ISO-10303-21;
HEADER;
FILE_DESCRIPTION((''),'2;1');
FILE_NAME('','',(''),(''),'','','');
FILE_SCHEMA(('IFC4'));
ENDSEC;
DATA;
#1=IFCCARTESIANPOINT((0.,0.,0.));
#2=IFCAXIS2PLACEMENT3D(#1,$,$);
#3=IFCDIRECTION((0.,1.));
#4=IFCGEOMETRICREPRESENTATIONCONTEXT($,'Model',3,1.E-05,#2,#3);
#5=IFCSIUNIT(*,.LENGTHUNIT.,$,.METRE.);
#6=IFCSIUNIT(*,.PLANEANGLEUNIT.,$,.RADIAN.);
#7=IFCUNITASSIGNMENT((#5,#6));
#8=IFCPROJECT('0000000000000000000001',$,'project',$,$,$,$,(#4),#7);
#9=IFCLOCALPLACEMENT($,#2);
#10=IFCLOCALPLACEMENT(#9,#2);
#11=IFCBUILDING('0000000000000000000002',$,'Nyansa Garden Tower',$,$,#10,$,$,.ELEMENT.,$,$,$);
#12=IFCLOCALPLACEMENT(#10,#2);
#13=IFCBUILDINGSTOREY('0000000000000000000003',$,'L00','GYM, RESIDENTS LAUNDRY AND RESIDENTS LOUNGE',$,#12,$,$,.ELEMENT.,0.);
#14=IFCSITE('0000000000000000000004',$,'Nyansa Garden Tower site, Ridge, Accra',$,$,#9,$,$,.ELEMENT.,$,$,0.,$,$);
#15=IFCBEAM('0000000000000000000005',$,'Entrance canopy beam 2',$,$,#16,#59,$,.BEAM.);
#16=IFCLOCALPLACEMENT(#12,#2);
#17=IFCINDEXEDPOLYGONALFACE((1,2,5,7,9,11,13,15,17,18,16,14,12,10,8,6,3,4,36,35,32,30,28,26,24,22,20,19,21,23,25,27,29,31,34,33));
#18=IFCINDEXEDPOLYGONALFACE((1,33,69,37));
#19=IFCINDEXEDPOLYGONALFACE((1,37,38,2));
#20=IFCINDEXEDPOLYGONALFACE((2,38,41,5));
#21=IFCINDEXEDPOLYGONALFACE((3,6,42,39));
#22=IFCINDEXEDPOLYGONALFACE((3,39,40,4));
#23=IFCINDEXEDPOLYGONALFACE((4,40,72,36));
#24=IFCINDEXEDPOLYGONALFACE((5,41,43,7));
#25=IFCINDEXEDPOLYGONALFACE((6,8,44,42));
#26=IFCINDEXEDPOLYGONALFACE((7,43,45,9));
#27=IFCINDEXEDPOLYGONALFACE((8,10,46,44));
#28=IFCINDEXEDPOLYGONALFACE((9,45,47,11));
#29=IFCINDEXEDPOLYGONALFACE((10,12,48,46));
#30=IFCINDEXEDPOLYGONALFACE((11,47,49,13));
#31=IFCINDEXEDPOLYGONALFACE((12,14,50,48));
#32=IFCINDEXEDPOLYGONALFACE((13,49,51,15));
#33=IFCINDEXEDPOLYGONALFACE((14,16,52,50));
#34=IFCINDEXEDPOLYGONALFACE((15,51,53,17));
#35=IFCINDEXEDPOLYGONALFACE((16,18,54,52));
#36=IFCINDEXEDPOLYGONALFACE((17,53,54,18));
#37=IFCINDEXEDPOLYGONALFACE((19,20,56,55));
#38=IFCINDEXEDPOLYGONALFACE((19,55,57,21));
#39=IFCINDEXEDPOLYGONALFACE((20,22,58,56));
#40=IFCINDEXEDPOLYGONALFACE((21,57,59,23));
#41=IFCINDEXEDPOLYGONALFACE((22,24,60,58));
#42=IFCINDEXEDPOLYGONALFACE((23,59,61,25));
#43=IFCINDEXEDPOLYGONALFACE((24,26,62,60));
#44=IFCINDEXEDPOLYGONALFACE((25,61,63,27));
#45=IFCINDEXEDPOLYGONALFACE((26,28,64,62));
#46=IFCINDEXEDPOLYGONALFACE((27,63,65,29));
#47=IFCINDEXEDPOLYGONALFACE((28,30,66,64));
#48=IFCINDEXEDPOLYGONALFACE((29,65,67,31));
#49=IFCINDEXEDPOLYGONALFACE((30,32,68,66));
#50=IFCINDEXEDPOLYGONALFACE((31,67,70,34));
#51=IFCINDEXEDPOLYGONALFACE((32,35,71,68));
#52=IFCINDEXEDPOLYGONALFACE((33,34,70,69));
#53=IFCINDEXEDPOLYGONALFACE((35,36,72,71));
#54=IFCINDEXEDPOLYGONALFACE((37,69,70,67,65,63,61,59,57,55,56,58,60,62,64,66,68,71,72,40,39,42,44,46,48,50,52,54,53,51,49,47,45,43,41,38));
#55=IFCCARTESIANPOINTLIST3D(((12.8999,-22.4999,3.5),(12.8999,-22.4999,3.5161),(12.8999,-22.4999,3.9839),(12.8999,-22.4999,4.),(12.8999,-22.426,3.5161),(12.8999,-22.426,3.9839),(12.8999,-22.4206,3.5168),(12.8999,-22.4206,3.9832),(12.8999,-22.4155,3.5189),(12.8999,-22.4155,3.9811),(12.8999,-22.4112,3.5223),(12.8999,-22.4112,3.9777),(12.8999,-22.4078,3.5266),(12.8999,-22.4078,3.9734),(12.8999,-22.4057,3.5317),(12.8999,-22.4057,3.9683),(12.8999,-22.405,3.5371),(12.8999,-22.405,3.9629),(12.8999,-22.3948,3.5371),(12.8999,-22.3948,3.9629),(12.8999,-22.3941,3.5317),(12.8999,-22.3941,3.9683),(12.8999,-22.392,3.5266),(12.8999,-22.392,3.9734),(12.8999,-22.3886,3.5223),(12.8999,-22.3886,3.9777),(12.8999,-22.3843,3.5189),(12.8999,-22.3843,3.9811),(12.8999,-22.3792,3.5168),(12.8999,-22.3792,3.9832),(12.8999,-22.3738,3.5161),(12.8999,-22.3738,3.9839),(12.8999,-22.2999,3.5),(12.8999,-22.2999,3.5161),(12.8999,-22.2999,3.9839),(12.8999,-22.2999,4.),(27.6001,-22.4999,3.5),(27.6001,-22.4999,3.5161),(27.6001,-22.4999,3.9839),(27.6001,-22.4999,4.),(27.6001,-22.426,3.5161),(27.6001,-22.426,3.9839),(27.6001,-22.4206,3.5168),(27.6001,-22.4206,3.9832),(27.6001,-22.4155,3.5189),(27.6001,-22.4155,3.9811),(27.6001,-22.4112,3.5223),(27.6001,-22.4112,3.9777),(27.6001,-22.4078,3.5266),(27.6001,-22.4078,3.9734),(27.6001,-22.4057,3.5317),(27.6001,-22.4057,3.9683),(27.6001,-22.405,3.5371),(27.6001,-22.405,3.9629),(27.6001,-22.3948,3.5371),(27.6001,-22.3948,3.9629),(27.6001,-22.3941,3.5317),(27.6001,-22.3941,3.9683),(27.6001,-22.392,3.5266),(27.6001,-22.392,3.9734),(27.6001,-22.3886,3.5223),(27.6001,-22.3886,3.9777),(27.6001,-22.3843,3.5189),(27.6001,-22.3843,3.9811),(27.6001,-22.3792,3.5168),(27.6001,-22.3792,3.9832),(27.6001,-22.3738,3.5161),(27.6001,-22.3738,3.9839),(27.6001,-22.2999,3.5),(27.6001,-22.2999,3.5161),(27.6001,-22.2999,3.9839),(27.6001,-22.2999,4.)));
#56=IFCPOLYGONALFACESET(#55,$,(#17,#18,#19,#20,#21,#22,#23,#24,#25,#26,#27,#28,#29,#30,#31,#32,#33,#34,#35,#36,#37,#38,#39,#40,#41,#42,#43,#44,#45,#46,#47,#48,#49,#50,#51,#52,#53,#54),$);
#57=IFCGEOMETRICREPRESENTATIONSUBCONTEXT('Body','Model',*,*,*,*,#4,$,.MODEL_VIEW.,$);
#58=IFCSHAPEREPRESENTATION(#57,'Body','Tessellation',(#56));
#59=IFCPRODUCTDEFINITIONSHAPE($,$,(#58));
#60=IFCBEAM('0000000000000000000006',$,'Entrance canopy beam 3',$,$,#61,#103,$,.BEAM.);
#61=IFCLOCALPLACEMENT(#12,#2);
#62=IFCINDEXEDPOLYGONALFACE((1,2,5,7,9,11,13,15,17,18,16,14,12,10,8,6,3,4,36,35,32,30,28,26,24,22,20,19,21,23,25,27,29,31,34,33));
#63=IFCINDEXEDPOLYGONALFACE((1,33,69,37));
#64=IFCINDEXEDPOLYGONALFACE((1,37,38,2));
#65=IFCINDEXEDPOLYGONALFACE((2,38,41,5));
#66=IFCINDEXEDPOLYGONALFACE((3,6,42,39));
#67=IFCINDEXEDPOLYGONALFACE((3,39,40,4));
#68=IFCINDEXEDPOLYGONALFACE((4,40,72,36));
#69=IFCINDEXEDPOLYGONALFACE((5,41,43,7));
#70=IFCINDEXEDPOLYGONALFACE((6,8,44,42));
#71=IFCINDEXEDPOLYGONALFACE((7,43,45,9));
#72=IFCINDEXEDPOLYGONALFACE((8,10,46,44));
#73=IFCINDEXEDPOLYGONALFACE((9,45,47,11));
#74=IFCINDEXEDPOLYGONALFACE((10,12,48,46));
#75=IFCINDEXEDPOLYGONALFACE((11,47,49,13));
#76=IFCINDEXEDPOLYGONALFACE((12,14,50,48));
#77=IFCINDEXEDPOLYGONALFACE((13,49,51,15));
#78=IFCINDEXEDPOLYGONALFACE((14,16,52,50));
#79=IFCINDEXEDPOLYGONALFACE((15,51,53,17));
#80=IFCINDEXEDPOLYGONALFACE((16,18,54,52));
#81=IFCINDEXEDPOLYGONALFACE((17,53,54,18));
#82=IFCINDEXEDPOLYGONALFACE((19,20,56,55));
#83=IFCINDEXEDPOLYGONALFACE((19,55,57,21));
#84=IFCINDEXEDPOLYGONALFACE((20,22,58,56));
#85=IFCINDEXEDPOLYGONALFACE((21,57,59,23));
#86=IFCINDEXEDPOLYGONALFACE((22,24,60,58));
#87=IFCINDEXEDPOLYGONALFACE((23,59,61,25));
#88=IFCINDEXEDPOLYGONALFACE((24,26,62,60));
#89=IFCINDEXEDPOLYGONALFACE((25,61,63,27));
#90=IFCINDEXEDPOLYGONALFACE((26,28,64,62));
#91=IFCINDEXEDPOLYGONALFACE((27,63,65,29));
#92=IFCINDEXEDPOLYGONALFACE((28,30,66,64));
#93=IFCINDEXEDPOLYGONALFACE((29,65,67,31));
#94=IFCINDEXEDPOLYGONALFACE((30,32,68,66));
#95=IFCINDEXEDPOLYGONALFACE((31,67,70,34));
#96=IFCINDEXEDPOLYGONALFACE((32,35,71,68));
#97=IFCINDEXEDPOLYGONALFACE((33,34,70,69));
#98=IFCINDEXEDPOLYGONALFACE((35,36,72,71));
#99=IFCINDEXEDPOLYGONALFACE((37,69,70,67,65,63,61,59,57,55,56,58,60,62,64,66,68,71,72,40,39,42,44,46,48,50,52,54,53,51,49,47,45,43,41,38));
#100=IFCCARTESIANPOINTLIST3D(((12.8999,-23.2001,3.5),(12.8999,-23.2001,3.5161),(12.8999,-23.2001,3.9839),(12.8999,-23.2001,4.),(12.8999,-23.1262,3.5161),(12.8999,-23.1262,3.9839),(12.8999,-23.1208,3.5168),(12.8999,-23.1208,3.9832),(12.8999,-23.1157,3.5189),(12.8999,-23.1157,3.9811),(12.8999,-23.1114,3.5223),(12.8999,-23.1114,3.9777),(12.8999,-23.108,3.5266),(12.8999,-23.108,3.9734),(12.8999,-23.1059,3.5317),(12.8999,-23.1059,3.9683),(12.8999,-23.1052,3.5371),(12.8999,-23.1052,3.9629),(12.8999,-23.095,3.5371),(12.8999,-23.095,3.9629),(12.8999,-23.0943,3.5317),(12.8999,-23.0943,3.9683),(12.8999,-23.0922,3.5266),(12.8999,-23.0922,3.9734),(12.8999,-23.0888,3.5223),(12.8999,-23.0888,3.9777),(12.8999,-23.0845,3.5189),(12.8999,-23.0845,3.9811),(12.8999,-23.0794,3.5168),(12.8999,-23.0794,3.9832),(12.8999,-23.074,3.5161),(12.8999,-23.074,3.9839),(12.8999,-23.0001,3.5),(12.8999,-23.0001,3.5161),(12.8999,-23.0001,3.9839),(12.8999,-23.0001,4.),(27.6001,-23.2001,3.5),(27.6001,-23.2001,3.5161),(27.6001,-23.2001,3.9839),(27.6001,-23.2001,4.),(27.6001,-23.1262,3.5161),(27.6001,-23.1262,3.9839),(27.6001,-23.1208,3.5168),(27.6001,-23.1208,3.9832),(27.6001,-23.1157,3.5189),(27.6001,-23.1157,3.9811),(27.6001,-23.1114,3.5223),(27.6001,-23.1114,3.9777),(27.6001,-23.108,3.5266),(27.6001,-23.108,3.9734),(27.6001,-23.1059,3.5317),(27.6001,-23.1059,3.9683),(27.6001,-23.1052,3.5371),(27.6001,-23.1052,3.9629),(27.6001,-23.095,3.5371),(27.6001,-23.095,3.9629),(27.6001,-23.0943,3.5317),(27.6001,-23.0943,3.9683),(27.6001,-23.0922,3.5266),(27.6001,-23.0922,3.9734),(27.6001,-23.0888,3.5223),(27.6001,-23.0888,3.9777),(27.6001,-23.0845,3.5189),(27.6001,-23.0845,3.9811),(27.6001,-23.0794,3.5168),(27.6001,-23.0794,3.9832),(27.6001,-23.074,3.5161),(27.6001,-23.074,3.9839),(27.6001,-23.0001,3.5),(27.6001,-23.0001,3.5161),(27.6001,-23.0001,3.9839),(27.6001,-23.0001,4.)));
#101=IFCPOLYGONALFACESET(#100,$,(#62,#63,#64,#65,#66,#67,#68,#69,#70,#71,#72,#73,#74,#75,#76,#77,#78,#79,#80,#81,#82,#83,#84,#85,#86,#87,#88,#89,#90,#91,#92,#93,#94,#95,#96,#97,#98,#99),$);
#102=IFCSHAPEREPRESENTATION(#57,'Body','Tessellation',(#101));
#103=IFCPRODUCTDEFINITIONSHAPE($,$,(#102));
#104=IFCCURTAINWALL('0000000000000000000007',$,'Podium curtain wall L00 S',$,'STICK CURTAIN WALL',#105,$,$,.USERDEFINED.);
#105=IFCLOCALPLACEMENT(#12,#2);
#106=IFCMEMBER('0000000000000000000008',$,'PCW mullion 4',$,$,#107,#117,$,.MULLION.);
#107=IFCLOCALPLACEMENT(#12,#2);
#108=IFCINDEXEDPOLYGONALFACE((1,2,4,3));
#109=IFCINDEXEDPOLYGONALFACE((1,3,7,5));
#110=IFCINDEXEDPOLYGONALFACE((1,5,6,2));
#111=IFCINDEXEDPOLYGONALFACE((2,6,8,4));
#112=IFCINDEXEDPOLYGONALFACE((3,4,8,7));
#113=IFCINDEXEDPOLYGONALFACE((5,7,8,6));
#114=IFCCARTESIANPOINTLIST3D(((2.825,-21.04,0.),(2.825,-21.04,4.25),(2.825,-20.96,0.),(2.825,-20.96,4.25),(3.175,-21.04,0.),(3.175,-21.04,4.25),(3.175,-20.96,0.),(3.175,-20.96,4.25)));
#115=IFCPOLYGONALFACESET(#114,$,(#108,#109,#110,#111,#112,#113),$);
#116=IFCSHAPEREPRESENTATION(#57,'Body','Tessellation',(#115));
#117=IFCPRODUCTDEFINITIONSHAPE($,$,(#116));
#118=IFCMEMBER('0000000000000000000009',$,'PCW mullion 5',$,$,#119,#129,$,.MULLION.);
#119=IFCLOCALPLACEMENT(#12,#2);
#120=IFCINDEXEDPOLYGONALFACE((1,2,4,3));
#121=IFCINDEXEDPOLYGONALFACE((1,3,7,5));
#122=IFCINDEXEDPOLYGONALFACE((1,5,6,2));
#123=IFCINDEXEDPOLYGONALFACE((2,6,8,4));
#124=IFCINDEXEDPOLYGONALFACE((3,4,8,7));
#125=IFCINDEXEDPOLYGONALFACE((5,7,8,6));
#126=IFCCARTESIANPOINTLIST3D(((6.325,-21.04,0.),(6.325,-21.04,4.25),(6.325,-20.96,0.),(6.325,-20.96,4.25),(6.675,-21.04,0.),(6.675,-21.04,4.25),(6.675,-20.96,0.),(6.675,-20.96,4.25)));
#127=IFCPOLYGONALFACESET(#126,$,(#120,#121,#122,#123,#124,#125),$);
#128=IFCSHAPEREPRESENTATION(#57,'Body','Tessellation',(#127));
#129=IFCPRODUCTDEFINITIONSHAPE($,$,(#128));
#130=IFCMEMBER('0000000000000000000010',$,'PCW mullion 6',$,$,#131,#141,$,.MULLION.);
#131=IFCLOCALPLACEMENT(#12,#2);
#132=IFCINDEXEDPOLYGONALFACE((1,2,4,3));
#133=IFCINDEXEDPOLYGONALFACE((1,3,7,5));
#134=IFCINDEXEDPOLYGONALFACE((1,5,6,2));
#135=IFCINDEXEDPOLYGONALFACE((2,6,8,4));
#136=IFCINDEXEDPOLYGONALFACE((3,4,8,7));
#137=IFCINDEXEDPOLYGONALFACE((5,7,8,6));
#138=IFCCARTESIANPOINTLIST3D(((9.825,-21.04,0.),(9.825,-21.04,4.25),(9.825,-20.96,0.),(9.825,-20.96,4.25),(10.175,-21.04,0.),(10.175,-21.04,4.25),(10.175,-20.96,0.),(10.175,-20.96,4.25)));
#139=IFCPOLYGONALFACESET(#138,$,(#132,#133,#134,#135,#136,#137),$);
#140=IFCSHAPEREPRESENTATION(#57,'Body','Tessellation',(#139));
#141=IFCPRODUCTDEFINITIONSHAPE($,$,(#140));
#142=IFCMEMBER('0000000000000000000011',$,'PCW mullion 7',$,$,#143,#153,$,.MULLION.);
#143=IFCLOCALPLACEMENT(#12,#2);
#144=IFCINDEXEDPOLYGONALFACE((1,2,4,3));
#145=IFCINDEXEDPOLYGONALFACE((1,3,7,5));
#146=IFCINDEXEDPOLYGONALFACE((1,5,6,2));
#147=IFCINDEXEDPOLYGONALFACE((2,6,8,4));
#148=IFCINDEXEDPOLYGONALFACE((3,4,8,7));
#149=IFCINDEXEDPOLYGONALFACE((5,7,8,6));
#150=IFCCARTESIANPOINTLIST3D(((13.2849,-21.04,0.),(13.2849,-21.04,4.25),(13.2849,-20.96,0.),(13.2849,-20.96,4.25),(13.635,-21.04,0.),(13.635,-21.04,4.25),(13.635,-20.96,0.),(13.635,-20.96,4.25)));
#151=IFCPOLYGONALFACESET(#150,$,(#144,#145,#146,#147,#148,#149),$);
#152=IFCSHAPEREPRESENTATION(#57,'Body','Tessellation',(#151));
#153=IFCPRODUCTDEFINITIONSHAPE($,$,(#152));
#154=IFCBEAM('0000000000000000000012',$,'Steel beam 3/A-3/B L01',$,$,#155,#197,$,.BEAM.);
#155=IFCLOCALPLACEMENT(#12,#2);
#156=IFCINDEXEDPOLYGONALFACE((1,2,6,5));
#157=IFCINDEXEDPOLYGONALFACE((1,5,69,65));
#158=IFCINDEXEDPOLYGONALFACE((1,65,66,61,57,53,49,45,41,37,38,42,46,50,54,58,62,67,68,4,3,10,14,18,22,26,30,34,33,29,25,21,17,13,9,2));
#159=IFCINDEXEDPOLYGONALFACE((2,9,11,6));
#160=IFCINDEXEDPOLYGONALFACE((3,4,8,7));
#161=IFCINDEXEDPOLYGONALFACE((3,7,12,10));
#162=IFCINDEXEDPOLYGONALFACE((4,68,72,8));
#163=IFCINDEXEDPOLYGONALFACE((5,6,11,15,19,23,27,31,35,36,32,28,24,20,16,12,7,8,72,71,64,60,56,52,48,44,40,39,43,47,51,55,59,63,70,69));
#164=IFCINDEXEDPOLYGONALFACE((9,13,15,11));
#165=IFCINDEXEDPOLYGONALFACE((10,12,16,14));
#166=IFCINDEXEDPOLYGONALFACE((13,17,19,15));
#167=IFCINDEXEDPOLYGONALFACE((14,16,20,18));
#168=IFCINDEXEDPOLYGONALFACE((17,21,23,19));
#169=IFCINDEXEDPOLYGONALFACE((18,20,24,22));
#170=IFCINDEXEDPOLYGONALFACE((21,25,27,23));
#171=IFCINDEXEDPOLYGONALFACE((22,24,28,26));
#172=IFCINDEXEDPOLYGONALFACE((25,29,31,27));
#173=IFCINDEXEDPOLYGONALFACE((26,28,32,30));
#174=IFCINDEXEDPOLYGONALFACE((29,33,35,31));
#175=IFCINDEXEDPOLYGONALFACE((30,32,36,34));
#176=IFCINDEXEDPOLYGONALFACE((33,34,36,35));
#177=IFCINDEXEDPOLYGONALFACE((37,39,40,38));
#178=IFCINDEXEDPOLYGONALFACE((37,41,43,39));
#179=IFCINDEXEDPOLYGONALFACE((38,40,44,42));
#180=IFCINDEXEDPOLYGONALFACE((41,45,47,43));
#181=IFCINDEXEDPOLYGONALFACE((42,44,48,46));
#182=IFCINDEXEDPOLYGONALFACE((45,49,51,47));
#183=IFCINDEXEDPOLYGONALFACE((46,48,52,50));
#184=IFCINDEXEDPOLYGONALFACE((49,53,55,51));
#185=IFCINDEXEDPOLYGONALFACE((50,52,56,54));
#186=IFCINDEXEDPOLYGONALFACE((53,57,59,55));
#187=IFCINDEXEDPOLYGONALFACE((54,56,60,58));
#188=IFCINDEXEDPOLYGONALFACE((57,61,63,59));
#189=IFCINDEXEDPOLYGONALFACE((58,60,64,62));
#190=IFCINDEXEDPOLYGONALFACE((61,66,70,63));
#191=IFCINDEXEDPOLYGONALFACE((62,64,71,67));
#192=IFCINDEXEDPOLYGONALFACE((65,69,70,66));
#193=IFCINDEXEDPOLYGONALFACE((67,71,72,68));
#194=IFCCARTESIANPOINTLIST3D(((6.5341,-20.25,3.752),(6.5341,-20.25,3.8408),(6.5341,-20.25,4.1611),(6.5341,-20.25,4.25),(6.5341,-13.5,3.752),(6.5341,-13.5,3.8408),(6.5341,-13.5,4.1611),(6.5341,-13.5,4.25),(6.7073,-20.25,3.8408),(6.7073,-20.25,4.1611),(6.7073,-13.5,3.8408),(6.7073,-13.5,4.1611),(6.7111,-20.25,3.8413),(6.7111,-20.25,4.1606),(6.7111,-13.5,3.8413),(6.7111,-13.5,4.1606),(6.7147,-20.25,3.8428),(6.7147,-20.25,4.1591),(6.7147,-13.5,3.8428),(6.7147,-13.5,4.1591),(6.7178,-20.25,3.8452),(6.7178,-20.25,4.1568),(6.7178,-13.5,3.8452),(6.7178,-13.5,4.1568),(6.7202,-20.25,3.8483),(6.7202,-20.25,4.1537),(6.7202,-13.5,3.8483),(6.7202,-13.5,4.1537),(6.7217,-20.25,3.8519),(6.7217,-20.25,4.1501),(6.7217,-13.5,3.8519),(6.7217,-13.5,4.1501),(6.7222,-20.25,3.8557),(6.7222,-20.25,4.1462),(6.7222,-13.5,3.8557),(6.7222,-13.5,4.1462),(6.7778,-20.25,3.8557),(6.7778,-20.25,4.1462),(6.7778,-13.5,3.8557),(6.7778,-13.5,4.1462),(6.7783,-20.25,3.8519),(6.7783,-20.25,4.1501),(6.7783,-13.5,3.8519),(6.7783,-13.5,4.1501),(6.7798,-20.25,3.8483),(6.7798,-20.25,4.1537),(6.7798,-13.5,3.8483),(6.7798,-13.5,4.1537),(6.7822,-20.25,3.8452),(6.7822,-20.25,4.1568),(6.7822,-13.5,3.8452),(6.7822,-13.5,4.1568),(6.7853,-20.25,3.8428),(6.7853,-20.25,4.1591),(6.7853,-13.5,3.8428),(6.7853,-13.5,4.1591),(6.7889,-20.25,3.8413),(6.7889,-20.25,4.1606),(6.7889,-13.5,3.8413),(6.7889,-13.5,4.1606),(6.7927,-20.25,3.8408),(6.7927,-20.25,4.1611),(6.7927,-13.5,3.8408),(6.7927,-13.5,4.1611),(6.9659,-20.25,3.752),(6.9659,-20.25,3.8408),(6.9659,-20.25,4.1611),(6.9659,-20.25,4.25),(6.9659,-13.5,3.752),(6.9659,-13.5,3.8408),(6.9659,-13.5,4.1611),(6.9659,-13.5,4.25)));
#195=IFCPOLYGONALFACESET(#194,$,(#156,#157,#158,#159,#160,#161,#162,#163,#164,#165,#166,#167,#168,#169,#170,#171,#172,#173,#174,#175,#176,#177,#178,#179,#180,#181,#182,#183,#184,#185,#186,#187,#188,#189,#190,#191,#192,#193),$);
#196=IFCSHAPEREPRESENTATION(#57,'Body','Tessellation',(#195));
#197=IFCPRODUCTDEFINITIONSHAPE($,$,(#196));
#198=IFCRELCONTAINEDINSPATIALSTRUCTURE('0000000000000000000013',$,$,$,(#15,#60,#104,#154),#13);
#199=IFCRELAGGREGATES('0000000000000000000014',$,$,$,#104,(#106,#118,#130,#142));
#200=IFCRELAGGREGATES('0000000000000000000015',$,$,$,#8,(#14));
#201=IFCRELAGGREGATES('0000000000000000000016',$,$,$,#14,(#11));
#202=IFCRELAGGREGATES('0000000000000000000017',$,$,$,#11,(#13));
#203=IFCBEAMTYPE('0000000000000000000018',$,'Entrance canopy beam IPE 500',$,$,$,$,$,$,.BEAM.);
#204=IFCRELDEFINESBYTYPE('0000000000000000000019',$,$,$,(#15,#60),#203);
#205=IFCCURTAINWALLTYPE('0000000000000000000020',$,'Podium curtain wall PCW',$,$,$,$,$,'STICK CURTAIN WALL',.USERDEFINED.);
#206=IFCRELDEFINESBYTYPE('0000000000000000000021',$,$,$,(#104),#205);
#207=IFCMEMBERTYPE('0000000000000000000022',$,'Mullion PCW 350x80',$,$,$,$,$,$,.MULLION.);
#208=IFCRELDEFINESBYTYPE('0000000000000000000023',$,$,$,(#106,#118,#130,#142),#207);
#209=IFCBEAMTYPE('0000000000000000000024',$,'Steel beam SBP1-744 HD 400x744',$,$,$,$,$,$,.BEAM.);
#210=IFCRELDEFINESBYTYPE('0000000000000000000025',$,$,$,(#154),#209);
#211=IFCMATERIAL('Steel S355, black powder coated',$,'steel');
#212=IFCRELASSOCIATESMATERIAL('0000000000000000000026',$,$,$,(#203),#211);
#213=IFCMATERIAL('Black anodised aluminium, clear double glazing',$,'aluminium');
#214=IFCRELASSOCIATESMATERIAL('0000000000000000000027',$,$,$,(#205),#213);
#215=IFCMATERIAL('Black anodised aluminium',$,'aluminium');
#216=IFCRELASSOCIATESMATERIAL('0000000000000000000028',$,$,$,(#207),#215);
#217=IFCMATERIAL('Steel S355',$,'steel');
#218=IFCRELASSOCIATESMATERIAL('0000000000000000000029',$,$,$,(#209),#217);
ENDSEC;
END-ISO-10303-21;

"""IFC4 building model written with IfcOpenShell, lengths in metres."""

from ifc_helpers import new_model, si_unit, direction, frame, origin, origin_2d, place, context, subcontext, project, spatial, rectangle, i_section, extrude, material, material_profile, profile_set, type_object, element, aggregate, save


model = new_model("IFC4")

# Units and contexts
model_context = context("Model", 3, precision=1e-05, world=origin(), true_north=direction((0.0, 1.0)))
body_context = subcontext(model_context, "Body", "Model", "MODEL_VIEW")
ifc_project = project(units=[si_unit("LENGTHUNIT", "METRE"), si_unit("PLANEANGLEUNIT", "RADIAN")], contexts=[model_context])

# Site, building, storey
site_placement = place(None, origin())
site = spatial("IfcSite", under=ifc_project, at=site_placement, Name="Nyansa Garden Tower site, Ridge, Accra", CompositionType="ELEMENT", RefElevation=0.0)
building_placement = place(site_placement, origin())
building = spatial("IfcBuilding", under=site, at=building_placement, Name="Nyansa Garden Tower", CompositionType="ELEMENT")
storey_placement = place(building_placement, origin())
storey = spatial("IfcBuildingStorey", under=building, at=storey_placement, Name="L00", Description="GYM, RESIDENTS LAUNDRY AND RESIDENTS LOUNGE", CompositionType="ELEMENT", Elevation=0.0)

# Beams
ifc_material_1 = material(Name="Steel S355, black powder coated", Category="steel")
ifc_material_profile_1 = material_profile(ifc_material_1, i_section(OverallWidth=0.2, OverallDepth=0.5, WebThickness=0.0103, FlangeThickness=0.0161, FilletRadius=0.021, at=origin_2d()), Name="IPE 500")
ifc_profile_set_1 = profile_set([ifc_material_profile_1], Name="Steel S355, black powder coated")
beam_type_1 = type_object("IfcBeamType", Name="Entrance canopy beam IPE 500", PredefinedType="BEAM", material=ifc_profile_set_1)
for number, where, z_axis, x_axis, name in (
    (1, (12.8999, -22.3999, 3.75), (1.0, 0.0, 0.0), (0.0, 1.0, 0.0), "Entrance canopy beam 2"),
    (2, (12.8999, -23.1001, 3.75), (1.0, 0.0, 0.0), (0.0, 1.0, 0.0), "Entrance canopy beam 3"),
):
    element("IfcBeam", number, at=place(storey_placement, frame(where, z_axis=z_axis, x_axis=x_axis)), inside=storey, type_object=beam_type_1, Name=name, PredefinedType="BEAM", context=body_context, shape_type="SweptSolid", body=[
        extrude(i_section(OverallWidth=0.2, OverallDepth=0.5, WebThickness=0.0103, FlangeThickness=0.0161, FilletRadius=0.021, at=origin_2d()), origin(), (0.0, 0.0, 1.0), 14.7002),
    ])

# Curtain wall, members
ifc_material_2 = material(Name="Black anodised aluminium, clear double glazing", Category="aluminium")
curtain_wall_type = type_object("IfcCurtainWallType", Name="Podium curtain wall PCW", ElementType="STICK CURTAIN WALL", PredefinedType="USERDEFINED", material=ifc_material_2)
curtain_wall_placement = place(storey_placement, origin())
curtain_wall = element("IfcCurtainWall", 3, at=curtain_wall_placement, inside=storey, type_object=curtain_wall_type, Name="Podium curtain wall L00 S", ObjectType="STICK CURTAIN WALL", PredefinedType="USERDEFINED")
ifc_material_3 = material(Name="Black anodised aluminium", Category="aluminium")
ifc_material_profile_2 = material_profile(ifc_material_3, rectangle(XDim=0.0801, YDim=0.3501, at=origin_2d()), Name="Mullion 350x80")
ifc_profile_set_2 = profile_set([ifc_material_profile_2], Name="Black anodised aluminium")
member_type_1 = type_object("IfcMemberType", Name="Mullion PCW 350x80", PredefinedType="MULLION", material=ifc_profile_set_2)
member_1_placement = place(storey_placement, frame((3.0, -21.0, 0.0), z_axis=(0.0, 0.0, 1.0), x_axis=(0.0, 1.0, 0.0)))
member_1 = element("IfcMember", 4, at=member_1_placement, type_object=member_type_1, Name="PCW mullion 4", PredefinedType="MULLION", context=body_context, shape_type="SweptSolid", body=[
    extrude(rectangle(XDim=0.0801, YDim=0.3501, at=origin_2d()), origin(), (0.0, 0.0, 1.0), 4.25),
])
member_2_placement = place(storey_placement, frame((6.5, -21.0, 0.0), z_axis=(0.0, 0.0, 1.0), x_axis=(0.0, 1.0, 0.0)))
member_2 = element("IfcMember", 5, at=member_2_placement, type_object=member_type_1, Name="PCW mullion 5", PredefinedType="MULLION", context=body_context, shape_type="SweptSolid", body=[
    extrude(rectangle(XDim=0.0801, YDim=0.3501, at=origin_2d()), origin(), (0.0, 0.0, 1.0), 4.25),
])
member_3_placement = place(storey_placement, frame((10.0, -21.0, 0.0), z_axis=(0.0, 0.0, 1.0), x_axis=(0.0, 1.0, 0.0)))
member_3 = element("IfcMember", 6, at=member_3_placement, type_object=member_type_1, Name="PCW mullion 6", PredefinedType="MULLION", context=body_context, shape_type="SweptSolid", body=[
    extrude(rectangle(XDim=0.0801, YDim=0.3501, at=origin_2d()), origin(), (0.0, 0.0, 1.0), 4.25),
])
member_4_placement = place(storey_placement, frame((13.46, -21.0, 0.0), z_axis=(0.0, 0.0, 1.0), x_axis=(0.0, 1.0, 0.0)))
member_4 = element("IfcMember", 7, at=member_4_placement, type_object=member_type_1, Name="PCW mullion 7", PredefinedType="MULLION", context=body_context, shape_type="SweptSolid", body=[
    extrude(rectangle(XDim=0.0801, YDim=0.3501, at=origin_2d()), origin(), (0.0, 0.0, 1.0), 4.25),
])

# Beam
ifc_material_4 = material(Name="Steel S355", Category="steel")
ifc_material_profile_3 = material_profile(ifc_material_4, i_section(OverallWidth=0.4319, OverallDepth=0.498, WebThickness=0.0557, FlangeThickness=0.0889, FilletRadius=0.0149, at=origin_2d()), Name="HD 400x744")
ifc_profile_set_3 = profile_set([ifc_material_profile_3], Name="Steel S355")
beam_type_2 = type_object("IfcBeamType", Name="Steel beam SBP1-744 HD 400x744", PredefinedType="BEAM", material=ifc_profile_set_3)
for number, where, z_axis, x_axis, name in (
    (8, (6.75, -20.25, 4.001), (0.0, 1.0, 0.0), (-1.0, 0.0, 0.0), "Steel beam 3/A-3/B L01"),
):
    element("IfcBeam", number, at=place(storey_placement, frame(where, z_axis=z_axis, x_axis=x_axis)), inside=storey, type_object=beam_type_2, Name=name, PredefinedType="BEAM", context=body_context, shape_type="SweptSolid", body=[
        extrude(i_section(OverallWidth=0.4319, OverallDepth=0.498, WebThickness=0.0557, FlangeThickness=0.0889, FilletRadius=0.0149, at=origin_2d()), origin(), (0.0, 0.0, 1.0), 6.75),
    ])

aggregate(curtain_wall, [member_1, member_2, member_3, member_4])

save(model, "model.ifc")
